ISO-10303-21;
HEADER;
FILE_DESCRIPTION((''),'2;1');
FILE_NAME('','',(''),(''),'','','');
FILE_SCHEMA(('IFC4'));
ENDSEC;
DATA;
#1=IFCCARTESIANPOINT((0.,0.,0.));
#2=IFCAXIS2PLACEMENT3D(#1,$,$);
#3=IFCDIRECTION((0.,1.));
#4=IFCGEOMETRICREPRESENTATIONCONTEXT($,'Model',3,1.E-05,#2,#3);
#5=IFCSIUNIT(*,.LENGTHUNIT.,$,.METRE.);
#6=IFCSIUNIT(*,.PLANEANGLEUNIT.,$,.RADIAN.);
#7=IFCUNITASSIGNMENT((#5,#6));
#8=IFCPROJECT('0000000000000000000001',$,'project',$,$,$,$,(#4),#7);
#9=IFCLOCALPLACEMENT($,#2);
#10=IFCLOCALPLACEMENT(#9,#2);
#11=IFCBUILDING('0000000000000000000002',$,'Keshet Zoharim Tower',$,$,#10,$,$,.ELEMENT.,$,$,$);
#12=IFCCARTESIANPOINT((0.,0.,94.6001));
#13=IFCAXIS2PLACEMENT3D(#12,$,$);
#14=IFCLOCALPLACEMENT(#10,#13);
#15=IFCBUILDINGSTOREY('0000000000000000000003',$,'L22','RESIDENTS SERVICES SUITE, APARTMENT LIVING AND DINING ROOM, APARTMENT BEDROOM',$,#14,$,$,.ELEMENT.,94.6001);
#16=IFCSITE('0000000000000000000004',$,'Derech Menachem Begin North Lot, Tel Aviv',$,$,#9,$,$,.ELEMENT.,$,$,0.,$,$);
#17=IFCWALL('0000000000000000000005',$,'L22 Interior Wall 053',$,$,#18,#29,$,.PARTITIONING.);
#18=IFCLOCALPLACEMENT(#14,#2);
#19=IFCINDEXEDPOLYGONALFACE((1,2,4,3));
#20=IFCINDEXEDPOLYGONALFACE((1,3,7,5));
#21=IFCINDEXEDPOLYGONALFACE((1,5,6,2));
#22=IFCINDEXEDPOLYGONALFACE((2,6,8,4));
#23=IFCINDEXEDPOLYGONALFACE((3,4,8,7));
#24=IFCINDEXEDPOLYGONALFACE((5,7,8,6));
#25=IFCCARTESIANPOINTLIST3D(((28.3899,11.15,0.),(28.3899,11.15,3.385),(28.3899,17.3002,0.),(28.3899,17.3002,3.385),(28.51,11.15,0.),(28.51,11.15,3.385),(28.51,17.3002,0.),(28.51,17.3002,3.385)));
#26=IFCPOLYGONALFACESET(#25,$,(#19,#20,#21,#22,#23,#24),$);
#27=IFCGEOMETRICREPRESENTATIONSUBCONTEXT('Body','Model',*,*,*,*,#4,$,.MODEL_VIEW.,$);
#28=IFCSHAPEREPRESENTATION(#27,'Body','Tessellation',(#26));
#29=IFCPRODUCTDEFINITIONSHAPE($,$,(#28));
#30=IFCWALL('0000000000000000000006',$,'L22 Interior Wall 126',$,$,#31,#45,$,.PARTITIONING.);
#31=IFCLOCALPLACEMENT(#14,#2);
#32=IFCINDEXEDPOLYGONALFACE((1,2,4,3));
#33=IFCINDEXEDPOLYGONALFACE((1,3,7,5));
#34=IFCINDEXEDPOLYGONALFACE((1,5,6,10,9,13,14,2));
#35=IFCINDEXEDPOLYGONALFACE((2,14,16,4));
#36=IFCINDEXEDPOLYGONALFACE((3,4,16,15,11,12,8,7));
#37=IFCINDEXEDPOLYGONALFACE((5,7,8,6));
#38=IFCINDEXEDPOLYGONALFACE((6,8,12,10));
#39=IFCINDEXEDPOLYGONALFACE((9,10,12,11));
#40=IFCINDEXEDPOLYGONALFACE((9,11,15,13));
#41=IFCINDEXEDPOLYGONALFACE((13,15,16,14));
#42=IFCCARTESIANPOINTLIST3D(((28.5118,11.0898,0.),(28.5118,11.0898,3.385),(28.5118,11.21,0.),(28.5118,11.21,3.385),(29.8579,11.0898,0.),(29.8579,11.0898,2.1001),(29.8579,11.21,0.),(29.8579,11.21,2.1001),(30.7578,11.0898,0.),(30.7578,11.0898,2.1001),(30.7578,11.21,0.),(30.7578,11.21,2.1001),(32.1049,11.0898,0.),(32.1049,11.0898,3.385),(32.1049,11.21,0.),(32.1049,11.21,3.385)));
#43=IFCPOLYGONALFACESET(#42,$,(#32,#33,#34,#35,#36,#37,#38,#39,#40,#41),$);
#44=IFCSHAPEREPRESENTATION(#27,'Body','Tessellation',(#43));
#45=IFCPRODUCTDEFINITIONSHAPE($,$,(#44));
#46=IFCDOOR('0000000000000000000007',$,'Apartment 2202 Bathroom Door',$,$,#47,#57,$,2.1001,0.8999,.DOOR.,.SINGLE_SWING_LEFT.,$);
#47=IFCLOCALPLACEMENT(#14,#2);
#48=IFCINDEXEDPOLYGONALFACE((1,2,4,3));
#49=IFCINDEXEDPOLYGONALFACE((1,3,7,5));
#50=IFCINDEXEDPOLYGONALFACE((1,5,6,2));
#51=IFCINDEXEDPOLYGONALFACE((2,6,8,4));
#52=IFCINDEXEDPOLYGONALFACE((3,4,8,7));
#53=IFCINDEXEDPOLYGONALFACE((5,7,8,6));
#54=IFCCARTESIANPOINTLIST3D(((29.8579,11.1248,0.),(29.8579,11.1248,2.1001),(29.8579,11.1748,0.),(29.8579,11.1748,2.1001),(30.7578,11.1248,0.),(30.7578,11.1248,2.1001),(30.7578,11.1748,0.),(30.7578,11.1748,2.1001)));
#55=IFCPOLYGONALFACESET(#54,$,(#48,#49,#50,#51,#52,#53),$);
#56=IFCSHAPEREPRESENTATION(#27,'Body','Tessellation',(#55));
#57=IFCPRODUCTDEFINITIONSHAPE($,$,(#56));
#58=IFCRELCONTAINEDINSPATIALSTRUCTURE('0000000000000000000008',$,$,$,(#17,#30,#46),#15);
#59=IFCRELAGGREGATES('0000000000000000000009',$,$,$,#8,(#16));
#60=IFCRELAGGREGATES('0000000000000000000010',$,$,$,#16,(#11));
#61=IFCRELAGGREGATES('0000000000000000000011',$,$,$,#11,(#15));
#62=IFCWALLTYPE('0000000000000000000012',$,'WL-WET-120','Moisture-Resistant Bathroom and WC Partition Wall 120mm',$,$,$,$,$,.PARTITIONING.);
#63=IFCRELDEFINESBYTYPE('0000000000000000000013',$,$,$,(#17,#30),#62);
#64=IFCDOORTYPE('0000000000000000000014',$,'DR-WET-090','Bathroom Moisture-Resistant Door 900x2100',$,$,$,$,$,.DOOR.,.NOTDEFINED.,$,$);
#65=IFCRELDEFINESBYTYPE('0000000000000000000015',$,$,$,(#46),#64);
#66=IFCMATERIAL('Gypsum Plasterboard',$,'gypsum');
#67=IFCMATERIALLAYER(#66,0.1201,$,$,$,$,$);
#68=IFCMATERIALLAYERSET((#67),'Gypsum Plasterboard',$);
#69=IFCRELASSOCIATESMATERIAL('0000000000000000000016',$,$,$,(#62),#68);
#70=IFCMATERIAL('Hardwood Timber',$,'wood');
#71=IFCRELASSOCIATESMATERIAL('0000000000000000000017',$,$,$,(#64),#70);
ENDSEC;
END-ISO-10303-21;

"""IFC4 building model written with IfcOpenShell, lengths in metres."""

from ifc_helpers import new_model, si_unit, direction, frame, frame_2d, origin, place, context, subcontext, project, spatial, rectangle, extrude, material, layer, layer_set, type_object, element, fill, save


model = new_model("IFC4")

# Units and contexts
model_context = context("Model", 3, precision=1e-05, world=origin(), true_north=direction((0.0, 1.0)))
body_context = subcontext(model_context, "Body", "Model", "MODEL_VIEW")
ifc_project = project(units=[si_unit("LENGTHUNIT", "METRE"), si_unit("PLANEANGLEUNIT", "RADIAN")], contexts=[model_context])

# Site, building, storey
site_placement = place(None, origin())
site = spatial("IfcSite", under=ifc_project, at=site_placement, Name="Derech Menachem Begin North Lot, Tel Aviv", CompositionType="ELEMENT", RefElevation=0.0)
building_placement = place(site_placement, origin())
building = spatial("IfcBuilding", under=site, at=building_placement, Name="Keshet Zoharim Tower", CompositionType="ELEMENT")
storey_placement = place(building_placement, frame((0.0, 0.0, 94.6001)))
storey = spatial("IfcBuildingStorey", under=building, at=storey_placement, Name="L22", Description="RESIDENTS SERVICES SUITE, APARTMENT LIVING AND DINING ROOM, APARTMENT BEDROOM", CompositionType="ELEMENT", Elevation=94.6001)

# Shared definitions
ifc_material_1 = material(Name="Gypsum Plasterboard", Category="gypsum")

# Shared definitions
ifc_material_2 = material(Name="Hardwood Timber", Category="wood")

# Wall
ifc_layer_1 = layer(ifc_material_1, 0.1201)
ifc_layer_set_1 = layer_set([ifc_layer_1], Name="Gypsum Plasterboard")
wall_type_1 = type_object("IfcWallType", Name="WL-WET-120", Description="Moisture-Resistant Bathroom and WC Partition Wall 120mm", PredefinedType="PARTITIONING", material=ifc_layer_set_1)
wall_1_placement = place(storey_placement, frame((28.45, 11.1499, 0.0), z_axis=(0.0, 0.0, 1.0), x_axis=(0.0, 1.0, 0.0)))
element("IfcWall", 1, at=wall_1_placement, inside=storey, type_object=wall_type_1, Name="L22 Interior Wall 053", PredefinedType="PARTITIONING", context=body_context, shape_type="SweptSolid", body=[
    extrude(rectangle(XDim=6.1501, YDim=0.1201, at=frame_2d((3.0752, 0.0))), origin(), (0.0, 0.0, 1.0), 3.385),
])

# Wall, opening, door
wall_2_placement = place(storey_placement, frame((28.512, 11.1499, 0.0), z_axis=(0.0, 0.0, 1.0), x_axis=(1.0, 0.0, 0.0)))
wall_2 = element("IfcWall", 2, at=wall_2_placement, inside=storey, type_object=wall_type_1, Name="L22 Interior Wall 126", PredefinedType="PARTITIONING", context=body_context, shape_type="SweptSolid", body=[
    extrude(rectangle(XDim=3.593, YDim=0.1201, at=frame_2d((1.7964, 0.0))), origin(), (0.0, 0.0, 1.0), 3.385),
])
opening_1_placement = place(wall_2_placement, frame((1.3459, 0.0, 0.0)))
opening_1 = element("IfcOpeningElement", 3, at=opening_1_placement, cuts=wall_2, PredefinedType="OPENING", context=body_context, shape_type="SweptSolid", body=[
    extrude(rectangle(XDim=0.8999, YDim=2.1001, at=frame_2d((0.45, 1.05))), frame((0.0, 0.0701, 0.0), z_axis=(0.0, -1.0, 0.0), x_axis=(1.0, 0.0, 0.0)), (0.0, 0.0, 1.0), 0.1401),
])
door_type_1 = type_object("IfcDoorType", Name="DR-WET-090", Description="Bathroom Moisture-Resistant Door 900x2100", OperationType="NOTDEFINED", PredefinedType="DOOR", material=ifc_material_2)
door_1_placement = place(opening_1_placement, origin())
door_1 = element("IfcDoor", 4, at=door_1_placement, inside=storey, type_object=door_type_1, Name="Apartment 2202 Bathroom Door", OperationType="SINGLE_SWING_LEFT", OverallHeight=2.1001, OverallWidth=0.8999, PredefinedType="DOOR", context=body_context, shape_type="SweptSolid", body=[
    extrude(rectangle(XDim=0.8999, YDim=2.1001, at=frame_2d((0.45, 1.05))), frame((0.0, 0.0249, 0.0), z_axis=(0.0, -1.0, 0.0), x_axis=(1.0, 0.0, 0.0)), (0.0, 0.0, 1.0), 0.05),
])
fill(opening_1, door_1)

save(model, "model.ifc")
